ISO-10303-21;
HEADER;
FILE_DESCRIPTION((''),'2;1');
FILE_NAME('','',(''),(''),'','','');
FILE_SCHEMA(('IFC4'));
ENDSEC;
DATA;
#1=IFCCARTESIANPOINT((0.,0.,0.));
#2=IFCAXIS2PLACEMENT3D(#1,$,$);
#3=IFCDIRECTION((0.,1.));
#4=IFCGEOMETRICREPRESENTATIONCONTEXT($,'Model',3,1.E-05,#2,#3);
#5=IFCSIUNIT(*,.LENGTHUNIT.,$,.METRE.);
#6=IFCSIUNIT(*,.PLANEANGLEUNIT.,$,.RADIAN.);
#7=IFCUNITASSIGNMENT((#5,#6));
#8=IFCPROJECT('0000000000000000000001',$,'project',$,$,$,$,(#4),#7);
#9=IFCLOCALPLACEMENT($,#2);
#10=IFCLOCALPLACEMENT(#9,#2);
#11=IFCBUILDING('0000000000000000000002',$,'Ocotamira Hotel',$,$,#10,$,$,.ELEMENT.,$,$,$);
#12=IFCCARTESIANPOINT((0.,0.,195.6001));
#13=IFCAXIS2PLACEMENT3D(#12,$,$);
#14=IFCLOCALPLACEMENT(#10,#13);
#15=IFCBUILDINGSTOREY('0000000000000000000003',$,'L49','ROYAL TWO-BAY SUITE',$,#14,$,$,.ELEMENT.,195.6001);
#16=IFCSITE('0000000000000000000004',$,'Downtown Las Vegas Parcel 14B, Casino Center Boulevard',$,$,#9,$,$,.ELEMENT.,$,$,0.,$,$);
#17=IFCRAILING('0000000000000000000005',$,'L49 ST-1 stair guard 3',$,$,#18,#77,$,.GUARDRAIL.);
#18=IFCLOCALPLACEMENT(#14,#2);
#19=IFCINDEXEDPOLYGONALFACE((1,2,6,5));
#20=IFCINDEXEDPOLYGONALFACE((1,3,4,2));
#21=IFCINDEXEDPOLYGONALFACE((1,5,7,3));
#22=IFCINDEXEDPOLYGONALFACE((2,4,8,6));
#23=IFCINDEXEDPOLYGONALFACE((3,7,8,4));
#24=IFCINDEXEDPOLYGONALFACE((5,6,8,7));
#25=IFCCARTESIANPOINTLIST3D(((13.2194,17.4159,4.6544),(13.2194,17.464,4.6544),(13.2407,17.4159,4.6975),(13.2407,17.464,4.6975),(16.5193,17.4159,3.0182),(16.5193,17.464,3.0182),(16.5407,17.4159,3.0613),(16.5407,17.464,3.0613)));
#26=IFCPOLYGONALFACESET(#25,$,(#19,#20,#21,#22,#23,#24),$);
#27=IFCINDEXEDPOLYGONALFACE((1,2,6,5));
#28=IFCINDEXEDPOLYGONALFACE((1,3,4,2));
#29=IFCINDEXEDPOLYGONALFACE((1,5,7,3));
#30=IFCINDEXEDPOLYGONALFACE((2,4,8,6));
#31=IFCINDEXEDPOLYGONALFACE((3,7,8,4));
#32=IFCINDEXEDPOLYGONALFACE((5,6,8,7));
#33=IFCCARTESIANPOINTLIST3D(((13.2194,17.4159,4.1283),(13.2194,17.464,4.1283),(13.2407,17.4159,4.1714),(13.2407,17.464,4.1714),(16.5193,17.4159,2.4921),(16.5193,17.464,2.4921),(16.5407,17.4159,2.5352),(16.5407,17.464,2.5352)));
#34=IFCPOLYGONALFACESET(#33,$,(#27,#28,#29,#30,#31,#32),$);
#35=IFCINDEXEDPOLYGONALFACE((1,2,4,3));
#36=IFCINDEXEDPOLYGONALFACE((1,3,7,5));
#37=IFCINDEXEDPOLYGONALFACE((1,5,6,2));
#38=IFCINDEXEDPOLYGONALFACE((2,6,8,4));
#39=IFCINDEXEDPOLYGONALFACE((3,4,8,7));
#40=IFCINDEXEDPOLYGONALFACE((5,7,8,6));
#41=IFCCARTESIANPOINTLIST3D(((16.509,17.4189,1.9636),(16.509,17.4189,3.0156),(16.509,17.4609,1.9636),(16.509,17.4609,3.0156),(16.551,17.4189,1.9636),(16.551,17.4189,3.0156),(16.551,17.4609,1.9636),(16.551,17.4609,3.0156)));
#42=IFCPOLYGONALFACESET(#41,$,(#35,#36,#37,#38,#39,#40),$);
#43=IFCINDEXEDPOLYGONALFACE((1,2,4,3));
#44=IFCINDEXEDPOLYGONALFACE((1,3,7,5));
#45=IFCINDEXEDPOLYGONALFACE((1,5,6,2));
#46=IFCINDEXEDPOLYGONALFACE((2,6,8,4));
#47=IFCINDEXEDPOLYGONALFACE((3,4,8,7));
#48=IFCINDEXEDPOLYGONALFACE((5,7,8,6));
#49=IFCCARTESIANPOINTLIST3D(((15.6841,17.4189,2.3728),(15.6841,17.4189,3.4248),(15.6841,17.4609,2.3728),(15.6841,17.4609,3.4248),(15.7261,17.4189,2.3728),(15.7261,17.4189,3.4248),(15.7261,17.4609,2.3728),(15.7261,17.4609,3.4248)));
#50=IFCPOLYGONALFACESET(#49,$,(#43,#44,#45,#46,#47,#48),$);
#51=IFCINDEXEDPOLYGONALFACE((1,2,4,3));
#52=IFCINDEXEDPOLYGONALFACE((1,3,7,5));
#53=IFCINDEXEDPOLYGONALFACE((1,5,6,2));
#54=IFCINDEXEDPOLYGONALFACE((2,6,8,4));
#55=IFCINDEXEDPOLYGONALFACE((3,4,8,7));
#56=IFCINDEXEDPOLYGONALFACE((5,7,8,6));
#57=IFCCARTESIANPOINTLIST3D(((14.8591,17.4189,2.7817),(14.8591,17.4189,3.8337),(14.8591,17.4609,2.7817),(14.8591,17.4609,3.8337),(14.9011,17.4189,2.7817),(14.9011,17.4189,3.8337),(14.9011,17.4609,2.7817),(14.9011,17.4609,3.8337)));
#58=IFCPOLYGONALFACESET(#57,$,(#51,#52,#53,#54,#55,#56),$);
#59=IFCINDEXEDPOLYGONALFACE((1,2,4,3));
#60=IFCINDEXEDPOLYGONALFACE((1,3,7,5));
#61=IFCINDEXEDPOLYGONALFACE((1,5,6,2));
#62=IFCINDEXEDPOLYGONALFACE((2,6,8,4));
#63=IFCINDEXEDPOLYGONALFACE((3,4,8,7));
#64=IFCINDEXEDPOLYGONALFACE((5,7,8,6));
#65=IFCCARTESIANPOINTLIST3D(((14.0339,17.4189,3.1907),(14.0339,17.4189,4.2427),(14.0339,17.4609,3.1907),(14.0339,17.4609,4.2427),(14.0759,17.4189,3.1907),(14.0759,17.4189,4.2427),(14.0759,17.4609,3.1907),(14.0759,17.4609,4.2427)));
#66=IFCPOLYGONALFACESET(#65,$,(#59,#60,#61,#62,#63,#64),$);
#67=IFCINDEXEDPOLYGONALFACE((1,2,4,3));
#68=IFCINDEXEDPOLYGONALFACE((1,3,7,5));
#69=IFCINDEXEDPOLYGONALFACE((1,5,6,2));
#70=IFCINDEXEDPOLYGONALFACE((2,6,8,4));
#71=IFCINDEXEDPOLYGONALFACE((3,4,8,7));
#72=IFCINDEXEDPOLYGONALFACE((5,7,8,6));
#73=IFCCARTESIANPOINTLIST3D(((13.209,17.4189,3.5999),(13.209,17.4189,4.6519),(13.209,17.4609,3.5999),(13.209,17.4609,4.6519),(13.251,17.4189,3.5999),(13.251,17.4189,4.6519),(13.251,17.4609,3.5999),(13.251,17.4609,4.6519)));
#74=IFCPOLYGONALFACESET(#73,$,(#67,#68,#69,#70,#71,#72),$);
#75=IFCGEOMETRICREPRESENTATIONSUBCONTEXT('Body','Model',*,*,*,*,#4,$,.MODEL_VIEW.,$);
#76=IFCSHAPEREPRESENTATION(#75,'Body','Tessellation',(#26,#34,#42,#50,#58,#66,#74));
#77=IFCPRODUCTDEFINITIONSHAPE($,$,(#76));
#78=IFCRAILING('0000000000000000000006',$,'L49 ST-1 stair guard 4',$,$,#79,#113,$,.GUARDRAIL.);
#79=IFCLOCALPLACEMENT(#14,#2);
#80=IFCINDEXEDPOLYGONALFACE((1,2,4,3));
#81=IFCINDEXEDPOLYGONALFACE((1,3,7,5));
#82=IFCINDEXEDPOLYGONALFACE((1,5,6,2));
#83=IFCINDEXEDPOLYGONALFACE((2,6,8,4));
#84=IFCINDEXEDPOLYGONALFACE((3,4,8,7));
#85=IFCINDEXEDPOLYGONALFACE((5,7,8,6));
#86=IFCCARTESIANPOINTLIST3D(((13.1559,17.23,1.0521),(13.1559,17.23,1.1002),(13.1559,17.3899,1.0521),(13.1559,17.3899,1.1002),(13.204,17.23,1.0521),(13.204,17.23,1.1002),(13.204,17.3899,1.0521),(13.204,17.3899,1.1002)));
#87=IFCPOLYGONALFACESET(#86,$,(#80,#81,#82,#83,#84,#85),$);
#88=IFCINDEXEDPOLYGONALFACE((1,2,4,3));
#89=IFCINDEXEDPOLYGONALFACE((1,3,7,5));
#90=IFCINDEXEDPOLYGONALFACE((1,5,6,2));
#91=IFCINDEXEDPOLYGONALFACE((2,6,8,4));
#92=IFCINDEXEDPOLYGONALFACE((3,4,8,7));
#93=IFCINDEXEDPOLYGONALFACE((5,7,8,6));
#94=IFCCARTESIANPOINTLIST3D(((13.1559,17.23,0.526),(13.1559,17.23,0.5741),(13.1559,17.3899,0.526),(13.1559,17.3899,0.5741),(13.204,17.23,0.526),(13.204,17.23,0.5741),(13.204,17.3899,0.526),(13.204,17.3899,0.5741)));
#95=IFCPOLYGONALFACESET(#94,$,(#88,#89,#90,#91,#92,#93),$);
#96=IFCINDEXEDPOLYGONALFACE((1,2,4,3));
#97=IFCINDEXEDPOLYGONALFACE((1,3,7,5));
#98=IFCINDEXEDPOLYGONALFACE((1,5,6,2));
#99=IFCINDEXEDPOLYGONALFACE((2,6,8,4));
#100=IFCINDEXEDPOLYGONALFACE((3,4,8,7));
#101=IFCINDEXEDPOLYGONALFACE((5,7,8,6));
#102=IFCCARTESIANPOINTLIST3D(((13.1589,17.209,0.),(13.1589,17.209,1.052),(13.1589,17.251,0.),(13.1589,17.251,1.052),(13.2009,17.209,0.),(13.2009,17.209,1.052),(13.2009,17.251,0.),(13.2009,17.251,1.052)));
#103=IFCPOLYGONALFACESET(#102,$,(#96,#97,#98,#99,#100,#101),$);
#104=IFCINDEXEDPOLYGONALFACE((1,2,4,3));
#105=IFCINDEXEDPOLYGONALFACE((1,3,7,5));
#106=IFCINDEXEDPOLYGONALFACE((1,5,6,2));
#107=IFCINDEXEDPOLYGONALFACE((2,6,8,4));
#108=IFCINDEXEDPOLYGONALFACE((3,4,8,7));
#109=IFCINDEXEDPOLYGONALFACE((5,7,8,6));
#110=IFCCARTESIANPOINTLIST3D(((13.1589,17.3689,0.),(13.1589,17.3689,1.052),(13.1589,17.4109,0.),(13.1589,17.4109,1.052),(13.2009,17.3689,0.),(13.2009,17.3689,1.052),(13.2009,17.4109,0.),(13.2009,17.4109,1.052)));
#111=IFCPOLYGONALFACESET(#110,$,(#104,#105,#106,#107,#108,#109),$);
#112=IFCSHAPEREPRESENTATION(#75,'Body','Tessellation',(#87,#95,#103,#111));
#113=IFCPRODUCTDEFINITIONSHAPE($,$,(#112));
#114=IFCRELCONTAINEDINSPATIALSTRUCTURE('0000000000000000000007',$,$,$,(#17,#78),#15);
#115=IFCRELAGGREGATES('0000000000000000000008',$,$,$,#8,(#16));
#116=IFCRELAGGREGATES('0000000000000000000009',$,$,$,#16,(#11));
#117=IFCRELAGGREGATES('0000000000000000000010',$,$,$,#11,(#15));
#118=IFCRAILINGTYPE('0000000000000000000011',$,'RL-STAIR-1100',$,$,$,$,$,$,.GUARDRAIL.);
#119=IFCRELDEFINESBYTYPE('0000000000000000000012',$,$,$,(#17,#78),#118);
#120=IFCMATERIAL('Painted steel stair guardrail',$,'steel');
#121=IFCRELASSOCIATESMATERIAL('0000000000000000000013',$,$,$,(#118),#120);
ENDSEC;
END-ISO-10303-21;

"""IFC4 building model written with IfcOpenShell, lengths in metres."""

from ifc_helpers import new_model, si_unit, direction, frame, origin, origin_2d, place, context, subcontext, project, spatial, rectangle, extrude, material, type_object, element, save


model = new_model("IFC4")

# Units and contexts
model_context = context("Model", 3, precision=1e-05, world=origin(), true_north=direction((0.0, 1.0)))
body_context = subcontext(model_context, "Body", "Model", "MODEL_VIEW")
ifc_project = project(units=[si_unit("LENGTHUNIT", "METRE"), si_unit("PLANEANGLEUNIT", "RADIAN")], contexts=[model_context])

# Site, building, storey
site_placement = place(None, origin())
site = spatial("IfcSite", under=ifc_project, at=site_placement, Name="Downtown Las Vegas Parcel 14B, Casino Center Boulevard", CompositionType="ELEMENT", RefElevation=0.0)
building_placement = place(site_placement, origin())
building = spatial("IfcBuilding", under=site, at=building_placement, Name="Ocotamira Hotel", CompositionType="ELEMENT")
storey_placement = place(building_placement, frame((0.0, 0.0, 195.6001)))
storey = spatial("IfcBuildingStorey", under=building, at=storey_placement, Name="L49", Description="ROYAL TWO-BAY SUITE", CompositionType="ELEMENT", Elevation=195.6001)

# Railings
ifc_material_1 = material(Name="Painted steel stair guardrail", Category="steel")
railing_type_1 = type_object("IfcRailingType", Name="RL-STAIR-1100", PredefinedType="GUARDRAIL", material=ifc_material_1)
railing_1_placement = place(storey_placement, frame((16.53, 17.4399, 1.9636)))
element("IfcRailing", 1, at=railing_1_placement, inside=storey, type_object=railing_type_1, Name="L49 ST-1 stair guard 3", PredefinedType="GUARDRAIL", context=body_context, shape_type="SweptSolid", body=[
    extrude(rectangle(XDim=0.0481, YDim=0.0481, at=origin_2d()), frame((0.0, 0.0, 1.0762), z_axis=(-0.89592, 0.0, 0.444215), x_axis=(0.0, -1.0, 0.0)), (0.0, 0.0, 1.0), 3.6833),
    extrude(rectangle(XDim=0.0481, YDim=0.0481, at=origin_2d()), frame((0.0, 0.0, 0.55), z_axis=(-0.89592, 0.0, 0.444215), x_axis=(0.0, -1.0, 0.0)), (0.0, 0.0, 1.0), 3.6833),
    extrude(rectangle(XDim=0.042, YDim=0.042, at=origin_2d()), origin(), (0.0, 0.0, 1.0), 1.052),
    extrude(rectangle(XDim=0.042, YDim=0.042, at=origin_2d()), frame((-0.825, 0.0, 0.4092)), (0.0, 0.0, 1.0), 1.052),
    extrude(rectangle(XDim=0.042, YDim=0.042, at=origin_2d()), frame((-1.6499, 0.0, 0.8181)), (0.0, 0.0, 1.0), 1.052),
    extrude(rectangle(XDim=0.042, YDim=0.042, at=origin_2d()), frame((-2.4751, 0.0, 1.2271)), (0.0, 0.0, 1.0), 1.052),
    extrude(rectangle(XDim=0.042, YDim=0.042, at=origin_2d()), frame((-3.3, 0.0, 1.6362)), (0.0, 0.0, 1.0), 1.052),
])
railing_2_placement = place(storey_placement, frame((13.1799, 17.23, 0.0)))
element("IfcRailing", 2, at=railing_2_placement, inside=storey, type_object=railing_type_1, Name="L49 ST-1 stair guard 4", PredefinedType="GUARDRAIL", context=body_context, shape_type="SweptSolid", body=[
    extrude(rectangle(XDim=0.0481, YDim=0.0481, at=origin_2d()), frame((0.0, 0.0, 1.0762), z_axis=(0.0, 1.0, 0.0), x_axis=(-1.0, 0.0, 0.0)), (0.0, 0.0, 1.0), 0.1599),
    extrude(rectangle(XDim=0.0481, YDim=0.0481, at=origin_2d()), frame((0.0, 0.0, 0.55), z_axis=(0.0, 1.0, 0.0), x_axis=(-1.0, 0.0, 0.0)), (0.0, 0.0, 1.0), 0.1599),
    extrude(rectangle(XDim=0.042, YDim=0.042, at=origin_2d()), origin(), (0.0, 0.0, 1.0), 1.052),
    extrude(rectangle(XDim=0.042, YDim=0.042, at=origin_2d()), frame((0.0, 0.1599, 0.0)), (0.0, 0.0, 1.0), 1.052),
])

save(model, "model.ifc")
